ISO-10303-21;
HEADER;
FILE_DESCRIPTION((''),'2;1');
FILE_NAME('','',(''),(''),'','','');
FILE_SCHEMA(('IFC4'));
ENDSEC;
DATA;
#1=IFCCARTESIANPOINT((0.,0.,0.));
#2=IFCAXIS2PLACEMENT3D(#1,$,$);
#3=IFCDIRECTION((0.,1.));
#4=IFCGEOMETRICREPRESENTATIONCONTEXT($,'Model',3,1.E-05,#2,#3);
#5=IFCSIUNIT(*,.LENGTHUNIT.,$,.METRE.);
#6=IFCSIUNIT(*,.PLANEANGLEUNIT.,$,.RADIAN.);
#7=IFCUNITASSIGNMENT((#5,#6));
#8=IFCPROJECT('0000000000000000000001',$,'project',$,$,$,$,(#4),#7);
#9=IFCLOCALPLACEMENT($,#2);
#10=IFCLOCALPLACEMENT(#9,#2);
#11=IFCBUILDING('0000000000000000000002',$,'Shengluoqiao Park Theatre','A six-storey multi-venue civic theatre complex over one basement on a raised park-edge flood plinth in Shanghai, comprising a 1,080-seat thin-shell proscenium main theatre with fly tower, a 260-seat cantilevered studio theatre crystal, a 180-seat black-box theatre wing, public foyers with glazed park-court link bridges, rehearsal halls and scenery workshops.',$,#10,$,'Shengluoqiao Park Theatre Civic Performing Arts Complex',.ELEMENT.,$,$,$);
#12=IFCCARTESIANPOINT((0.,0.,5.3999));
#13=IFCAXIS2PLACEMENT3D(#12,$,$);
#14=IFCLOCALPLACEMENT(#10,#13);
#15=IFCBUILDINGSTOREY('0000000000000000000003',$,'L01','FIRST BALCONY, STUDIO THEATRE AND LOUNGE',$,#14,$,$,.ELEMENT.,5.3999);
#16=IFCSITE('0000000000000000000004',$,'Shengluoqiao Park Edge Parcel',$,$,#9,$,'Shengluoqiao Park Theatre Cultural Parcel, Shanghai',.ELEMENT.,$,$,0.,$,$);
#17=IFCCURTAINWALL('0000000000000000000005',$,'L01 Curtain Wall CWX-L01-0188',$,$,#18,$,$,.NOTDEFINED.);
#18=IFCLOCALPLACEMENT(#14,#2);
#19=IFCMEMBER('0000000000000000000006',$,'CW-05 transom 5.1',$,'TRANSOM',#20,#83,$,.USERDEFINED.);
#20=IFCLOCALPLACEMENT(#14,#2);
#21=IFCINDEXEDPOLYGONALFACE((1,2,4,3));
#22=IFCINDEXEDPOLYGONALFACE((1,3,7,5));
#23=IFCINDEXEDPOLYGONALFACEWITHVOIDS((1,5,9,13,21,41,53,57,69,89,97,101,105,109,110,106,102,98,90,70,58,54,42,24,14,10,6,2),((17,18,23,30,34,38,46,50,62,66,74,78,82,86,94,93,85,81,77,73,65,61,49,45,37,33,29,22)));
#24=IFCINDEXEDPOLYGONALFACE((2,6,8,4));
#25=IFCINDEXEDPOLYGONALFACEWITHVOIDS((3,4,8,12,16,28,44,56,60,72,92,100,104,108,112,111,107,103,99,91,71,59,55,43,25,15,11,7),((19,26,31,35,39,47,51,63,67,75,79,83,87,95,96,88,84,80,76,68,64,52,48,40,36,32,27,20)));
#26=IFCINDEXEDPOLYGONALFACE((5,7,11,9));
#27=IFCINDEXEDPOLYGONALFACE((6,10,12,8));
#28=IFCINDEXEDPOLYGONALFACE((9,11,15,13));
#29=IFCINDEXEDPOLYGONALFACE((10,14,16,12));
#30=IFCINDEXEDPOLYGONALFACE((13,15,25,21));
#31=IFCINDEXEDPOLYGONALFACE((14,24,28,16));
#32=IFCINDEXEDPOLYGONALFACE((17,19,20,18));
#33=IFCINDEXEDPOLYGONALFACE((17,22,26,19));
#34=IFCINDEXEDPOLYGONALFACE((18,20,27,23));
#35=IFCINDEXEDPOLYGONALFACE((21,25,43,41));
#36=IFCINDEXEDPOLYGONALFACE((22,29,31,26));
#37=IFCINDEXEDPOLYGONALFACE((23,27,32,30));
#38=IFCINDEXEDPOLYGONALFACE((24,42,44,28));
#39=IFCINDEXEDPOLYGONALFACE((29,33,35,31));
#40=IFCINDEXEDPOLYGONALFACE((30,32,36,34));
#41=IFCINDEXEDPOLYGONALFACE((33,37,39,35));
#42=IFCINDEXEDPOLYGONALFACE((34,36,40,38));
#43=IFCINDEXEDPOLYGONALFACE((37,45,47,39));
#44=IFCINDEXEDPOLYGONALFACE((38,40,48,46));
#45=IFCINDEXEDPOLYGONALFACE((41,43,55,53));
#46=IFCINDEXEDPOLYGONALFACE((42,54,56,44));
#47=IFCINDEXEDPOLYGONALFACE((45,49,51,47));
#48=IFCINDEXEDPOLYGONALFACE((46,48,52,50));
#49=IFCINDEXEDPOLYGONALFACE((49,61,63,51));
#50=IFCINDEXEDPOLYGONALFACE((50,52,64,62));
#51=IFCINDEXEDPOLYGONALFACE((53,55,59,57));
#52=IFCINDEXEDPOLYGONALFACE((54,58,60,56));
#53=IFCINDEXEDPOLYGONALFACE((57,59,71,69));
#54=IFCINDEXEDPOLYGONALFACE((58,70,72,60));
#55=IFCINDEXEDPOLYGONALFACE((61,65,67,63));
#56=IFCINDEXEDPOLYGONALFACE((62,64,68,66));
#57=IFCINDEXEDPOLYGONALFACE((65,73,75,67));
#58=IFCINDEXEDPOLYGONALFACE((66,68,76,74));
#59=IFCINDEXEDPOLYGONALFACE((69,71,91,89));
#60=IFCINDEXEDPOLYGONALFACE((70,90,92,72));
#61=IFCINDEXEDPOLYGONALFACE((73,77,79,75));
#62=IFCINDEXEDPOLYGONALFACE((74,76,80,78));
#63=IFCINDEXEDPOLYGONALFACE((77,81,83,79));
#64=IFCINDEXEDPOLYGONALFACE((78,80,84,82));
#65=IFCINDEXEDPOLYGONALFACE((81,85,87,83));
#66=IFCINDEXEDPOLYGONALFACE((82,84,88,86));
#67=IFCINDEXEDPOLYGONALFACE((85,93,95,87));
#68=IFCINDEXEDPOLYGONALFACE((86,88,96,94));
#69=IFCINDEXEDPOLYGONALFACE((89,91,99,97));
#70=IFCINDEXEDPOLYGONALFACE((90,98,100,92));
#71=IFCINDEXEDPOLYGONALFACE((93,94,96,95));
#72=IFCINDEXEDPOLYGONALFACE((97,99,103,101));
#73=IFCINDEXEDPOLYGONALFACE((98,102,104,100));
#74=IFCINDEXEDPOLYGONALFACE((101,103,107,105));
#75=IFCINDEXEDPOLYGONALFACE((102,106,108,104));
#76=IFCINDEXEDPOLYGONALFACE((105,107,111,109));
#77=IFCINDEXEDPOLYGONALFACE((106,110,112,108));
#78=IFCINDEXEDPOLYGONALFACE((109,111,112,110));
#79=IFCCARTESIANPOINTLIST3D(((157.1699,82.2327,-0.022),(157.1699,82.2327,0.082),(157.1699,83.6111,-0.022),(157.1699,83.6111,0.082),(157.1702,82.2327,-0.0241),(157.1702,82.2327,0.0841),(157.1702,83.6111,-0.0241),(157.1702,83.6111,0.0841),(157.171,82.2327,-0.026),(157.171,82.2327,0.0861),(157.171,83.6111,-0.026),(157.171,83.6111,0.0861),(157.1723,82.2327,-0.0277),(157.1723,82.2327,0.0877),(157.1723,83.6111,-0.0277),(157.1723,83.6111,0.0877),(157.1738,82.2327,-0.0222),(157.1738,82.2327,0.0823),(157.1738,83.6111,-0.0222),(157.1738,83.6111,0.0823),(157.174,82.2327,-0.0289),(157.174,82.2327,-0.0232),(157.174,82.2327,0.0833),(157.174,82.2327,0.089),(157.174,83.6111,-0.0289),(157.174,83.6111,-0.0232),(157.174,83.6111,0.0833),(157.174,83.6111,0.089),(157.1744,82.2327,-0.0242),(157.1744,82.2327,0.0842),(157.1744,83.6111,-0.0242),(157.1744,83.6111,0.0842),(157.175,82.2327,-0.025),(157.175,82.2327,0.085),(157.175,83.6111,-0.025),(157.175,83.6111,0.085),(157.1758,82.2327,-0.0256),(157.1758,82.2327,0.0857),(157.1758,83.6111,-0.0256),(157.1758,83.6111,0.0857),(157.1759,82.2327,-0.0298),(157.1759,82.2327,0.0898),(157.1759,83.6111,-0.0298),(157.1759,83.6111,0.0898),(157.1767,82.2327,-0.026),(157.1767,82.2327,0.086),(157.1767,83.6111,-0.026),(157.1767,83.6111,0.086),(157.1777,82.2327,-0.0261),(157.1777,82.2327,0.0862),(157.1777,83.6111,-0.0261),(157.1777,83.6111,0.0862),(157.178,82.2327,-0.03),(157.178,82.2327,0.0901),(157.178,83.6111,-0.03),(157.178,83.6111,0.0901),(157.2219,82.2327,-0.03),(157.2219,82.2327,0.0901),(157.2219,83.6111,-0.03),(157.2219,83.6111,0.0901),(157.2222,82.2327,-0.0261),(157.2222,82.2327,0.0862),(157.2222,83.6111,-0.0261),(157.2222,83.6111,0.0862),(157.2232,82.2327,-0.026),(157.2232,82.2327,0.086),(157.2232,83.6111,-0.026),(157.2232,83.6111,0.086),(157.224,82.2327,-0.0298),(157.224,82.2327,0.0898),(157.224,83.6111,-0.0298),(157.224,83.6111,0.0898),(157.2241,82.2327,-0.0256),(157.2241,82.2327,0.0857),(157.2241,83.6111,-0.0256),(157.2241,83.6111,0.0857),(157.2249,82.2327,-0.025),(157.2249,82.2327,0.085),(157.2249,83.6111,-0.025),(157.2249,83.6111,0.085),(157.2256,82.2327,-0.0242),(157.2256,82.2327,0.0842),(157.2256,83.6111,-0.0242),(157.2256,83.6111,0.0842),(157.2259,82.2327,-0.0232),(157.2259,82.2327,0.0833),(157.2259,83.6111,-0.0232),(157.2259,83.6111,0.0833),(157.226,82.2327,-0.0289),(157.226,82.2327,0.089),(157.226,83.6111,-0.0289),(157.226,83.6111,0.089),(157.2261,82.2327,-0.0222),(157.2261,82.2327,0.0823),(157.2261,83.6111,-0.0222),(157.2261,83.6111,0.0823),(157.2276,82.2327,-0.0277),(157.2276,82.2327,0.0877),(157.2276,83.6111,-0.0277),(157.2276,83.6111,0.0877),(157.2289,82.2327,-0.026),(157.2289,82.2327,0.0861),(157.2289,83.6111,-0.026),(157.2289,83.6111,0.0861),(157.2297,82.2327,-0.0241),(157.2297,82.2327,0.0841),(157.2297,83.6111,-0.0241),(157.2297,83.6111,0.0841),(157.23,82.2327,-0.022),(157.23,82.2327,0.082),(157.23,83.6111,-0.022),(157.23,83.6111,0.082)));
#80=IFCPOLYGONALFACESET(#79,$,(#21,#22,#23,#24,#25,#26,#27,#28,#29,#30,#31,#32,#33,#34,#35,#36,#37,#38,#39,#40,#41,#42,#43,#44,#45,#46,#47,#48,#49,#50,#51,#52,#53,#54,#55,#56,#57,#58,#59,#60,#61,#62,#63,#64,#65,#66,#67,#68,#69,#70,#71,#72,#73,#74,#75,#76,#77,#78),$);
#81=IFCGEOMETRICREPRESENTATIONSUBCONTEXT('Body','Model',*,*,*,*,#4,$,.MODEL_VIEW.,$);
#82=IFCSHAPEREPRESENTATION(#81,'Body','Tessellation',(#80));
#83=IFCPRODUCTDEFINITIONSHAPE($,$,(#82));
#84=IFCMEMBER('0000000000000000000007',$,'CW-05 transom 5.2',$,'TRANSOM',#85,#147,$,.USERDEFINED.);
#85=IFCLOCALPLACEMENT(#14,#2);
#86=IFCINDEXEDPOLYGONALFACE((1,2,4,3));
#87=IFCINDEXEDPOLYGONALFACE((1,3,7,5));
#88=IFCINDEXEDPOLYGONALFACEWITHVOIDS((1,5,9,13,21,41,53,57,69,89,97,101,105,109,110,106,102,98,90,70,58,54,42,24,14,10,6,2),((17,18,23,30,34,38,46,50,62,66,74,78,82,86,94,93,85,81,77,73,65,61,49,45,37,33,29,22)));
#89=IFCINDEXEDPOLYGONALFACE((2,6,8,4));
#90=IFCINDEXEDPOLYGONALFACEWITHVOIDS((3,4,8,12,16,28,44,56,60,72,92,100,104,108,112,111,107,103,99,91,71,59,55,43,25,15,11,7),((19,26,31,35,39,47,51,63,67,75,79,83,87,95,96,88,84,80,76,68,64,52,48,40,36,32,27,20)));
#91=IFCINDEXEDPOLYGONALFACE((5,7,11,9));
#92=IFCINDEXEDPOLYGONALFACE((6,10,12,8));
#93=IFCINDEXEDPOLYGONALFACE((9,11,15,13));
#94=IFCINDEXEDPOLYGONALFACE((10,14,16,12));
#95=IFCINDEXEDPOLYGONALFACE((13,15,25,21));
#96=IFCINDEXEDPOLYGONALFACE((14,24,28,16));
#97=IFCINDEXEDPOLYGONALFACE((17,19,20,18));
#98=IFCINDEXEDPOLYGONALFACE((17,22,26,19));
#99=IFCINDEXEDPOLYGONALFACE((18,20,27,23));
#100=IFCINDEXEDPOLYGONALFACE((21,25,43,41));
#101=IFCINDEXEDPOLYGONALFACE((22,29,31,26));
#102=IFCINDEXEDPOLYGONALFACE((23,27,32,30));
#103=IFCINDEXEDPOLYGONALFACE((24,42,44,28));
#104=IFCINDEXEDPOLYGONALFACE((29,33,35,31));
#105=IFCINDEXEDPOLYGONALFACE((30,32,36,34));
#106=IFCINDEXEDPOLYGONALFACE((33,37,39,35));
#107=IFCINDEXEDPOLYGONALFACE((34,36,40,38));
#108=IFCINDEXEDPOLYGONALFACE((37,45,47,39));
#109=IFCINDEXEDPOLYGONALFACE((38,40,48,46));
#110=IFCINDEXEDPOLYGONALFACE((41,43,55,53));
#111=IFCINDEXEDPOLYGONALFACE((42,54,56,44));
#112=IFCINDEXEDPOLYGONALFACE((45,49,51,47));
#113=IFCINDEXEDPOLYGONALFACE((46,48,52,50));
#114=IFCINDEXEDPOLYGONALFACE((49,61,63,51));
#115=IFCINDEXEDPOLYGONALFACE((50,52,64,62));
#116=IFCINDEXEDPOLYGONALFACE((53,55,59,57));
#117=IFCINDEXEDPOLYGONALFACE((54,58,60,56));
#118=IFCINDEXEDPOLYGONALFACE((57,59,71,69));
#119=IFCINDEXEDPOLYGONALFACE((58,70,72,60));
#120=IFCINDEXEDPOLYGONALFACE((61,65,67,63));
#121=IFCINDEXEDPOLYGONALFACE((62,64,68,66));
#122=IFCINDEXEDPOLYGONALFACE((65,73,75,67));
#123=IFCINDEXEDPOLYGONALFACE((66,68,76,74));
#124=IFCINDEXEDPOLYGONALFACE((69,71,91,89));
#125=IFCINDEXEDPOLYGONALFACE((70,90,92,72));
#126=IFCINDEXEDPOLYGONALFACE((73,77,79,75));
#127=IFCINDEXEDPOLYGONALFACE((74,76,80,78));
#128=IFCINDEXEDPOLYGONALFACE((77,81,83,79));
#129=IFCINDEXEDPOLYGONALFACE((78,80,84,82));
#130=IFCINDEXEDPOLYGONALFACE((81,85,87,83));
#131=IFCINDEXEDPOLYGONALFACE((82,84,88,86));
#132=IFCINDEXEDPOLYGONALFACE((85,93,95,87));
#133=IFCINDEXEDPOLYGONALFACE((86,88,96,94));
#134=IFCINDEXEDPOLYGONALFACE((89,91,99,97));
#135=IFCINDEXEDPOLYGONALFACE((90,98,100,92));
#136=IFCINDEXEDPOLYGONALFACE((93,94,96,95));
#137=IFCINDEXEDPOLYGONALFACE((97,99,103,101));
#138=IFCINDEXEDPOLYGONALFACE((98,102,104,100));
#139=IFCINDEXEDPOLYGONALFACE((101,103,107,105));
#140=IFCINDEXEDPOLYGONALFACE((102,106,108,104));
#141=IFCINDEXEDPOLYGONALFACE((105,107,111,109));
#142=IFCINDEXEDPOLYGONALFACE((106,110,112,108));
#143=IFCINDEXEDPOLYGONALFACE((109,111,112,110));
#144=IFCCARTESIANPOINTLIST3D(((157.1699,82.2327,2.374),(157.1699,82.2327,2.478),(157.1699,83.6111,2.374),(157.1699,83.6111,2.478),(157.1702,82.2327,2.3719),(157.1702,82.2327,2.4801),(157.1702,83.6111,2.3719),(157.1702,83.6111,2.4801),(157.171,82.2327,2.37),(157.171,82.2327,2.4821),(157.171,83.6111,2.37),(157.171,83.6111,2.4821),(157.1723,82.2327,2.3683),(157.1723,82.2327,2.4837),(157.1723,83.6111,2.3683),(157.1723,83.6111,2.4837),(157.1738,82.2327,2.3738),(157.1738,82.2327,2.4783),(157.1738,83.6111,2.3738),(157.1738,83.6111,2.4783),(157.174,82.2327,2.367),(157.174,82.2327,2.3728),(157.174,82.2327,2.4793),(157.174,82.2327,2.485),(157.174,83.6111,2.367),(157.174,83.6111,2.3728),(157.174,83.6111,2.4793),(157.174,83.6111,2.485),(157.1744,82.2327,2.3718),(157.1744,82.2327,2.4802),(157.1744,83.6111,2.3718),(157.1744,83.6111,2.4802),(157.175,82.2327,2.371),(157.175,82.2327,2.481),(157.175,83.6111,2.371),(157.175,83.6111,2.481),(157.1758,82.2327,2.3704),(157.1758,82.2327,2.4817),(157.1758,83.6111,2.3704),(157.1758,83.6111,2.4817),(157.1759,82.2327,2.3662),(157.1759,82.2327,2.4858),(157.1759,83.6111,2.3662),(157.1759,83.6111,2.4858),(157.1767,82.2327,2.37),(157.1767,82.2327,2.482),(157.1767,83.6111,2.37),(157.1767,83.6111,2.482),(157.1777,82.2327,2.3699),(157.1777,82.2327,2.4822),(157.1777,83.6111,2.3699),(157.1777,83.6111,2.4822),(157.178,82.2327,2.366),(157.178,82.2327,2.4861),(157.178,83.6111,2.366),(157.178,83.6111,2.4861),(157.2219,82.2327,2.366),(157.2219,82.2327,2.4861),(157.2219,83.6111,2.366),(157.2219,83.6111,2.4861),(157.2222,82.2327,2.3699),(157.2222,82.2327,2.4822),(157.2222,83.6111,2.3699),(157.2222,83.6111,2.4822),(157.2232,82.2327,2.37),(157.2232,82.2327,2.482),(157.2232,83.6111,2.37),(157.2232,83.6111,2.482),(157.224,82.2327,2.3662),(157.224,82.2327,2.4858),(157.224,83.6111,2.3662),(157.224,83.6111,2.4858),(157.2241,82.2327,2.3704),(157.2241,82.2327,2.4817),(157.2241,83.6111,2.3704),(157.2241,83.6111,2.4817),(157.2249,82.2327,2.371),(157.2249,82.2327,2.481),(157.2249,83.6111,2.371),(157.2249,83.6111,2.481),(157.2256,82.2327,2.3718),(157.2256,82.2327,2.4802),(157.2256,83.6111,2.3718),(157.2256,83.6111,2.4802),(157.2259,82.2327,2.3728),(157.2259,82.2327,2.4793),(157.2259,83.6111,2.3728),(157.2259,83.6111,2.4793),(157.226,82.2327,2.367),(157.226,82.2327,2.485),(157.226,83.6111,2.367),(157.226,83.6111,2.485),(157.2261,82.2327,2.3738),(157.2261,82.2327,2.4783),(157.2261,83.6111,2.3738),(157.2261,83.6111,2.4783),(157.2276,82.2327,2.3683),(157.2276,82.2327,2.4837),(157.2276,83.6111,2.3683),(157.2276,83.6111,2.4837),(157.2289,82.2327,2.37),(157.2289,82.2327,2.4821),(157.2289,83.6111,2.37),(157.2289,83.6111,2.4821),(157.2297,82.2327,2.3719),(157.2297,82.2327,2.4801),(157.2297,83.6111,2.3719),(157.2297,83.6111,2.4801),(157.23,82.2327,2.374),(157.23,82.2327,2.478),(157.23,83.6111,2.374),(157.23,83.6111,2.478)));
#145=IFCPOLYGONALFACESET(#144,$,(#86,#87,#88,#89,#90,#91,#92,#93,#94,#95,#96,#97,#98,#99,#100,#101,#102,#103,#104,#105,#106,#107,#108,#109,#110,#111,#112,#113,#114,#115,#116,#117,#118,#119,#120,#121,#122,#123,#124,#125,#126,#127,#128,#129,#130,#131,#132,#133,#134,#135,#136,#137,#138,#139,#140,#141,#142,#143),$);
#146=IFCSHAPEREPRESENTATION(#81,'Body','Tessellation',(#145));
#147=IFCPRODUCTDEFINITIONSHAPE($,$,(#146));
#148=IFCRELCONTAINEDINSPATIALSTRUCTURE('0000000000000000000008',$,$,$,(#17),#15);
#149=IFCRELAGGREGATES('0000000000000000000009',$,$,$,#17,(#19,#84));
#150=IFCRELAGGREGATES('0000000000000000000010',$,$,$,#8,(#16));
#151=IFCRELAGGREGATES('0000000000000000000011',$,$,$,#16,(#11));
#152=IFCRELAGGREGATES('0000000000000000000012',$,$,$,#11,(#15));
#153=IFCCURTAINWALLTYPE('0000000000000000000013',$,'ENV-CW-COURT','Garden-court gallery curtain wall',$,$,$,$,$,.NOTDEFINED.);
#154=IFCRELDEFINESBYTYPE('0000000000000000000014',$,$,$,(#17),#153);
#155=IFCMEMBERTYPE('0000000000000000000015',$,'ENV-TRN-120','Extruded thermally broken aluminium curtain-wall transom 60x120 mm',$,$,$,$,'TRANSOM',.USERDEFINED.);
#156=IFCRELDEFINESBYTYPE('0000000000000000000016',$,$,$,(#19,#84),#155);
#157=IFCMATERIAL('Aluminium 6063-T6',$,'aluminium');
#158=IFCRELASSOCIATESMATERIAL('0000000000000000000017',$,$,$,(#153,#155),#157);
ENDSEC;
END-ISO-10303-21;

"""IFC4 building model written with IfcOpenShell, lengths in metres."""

from ifc_helpers import new_model, si_unit, direction, frame, origin, origin_2d, place, context, subcontext, project, spatial, hollow_rectangle, extrude, material, material_profile, profile_set, type_object, element, aggregate, save


model = new_model("IFC4")

# Units and contexts
model_context = context("Model", 3, precision=1e-05, world=origin(), true_north=direction((0.0, 1.0)))
body_context = subcontext(model_context, "Body", "Model", "MODEL_VIEW")
ifc_project = project(units=[si_unit("LENGTHUNIT", "METRE"), si_unit("PLANEANGLEUNIT", "RADIAN")], contexts=[model_context])

# Site, building, storey
site_placement = place(None, origin())
site = spatial("IfcSite", under=ifc_project, at=site_placement, Name="Shengluoqiao Park Edge Parcel", LongName="Shengluoqiao Park Theatre Cultural Parcel, Shanghai", CompositionType="ELEMENT", RefElevation=0.0)
building_placement = place(site_placement, origin())
building = spatial("IfcBuilding", under=site, at=building_placement, Name="Shengluoqiao Park Theatre", Description="A six-storey multi-venue civic theatre complex over one basement on a raised park-edge flood plinth in Shanghai, comprising a 1,080-seat thin-shell proscenium main theatre with fly tower, a 260-seat cantilevered studio theatre crystal, a 180-seat black-box theatre wing, public foyers with glazed park-court link bridges, rehearsal halls and scenery workshops.", LongName="Shengluoqiao Park Theatre Civic Performing Arts Complex", CompositionType="ELEMENT")
storey_placement = place(building_placement, frame((0.0, 0.0, 5.3999)))
storey = spatial("IfcBuildingStorey", under=building, at=storey_placement, Name="L01", Description="FIRST BALCONY, STUDIO THEATRE AND LOUNGE", CompositionType="ELEMENT", Elevation=5.3999)

# Curtain wall, members
ifc_material_1 = material(Name="Aluminium 6063-T6", Category="aluminium")
curtain_wall_type = type_object("IfcCurtainWallType", Name="ENV-CW-COURT", Description="Garden-court gallery curtain wall", PredefinedType="NOTDEFINED", material=ifc_material_1)
curtain_wall_placement = place(storey_placement, origin())
curtain_wall = element("IfcCurtainWall", 1, at=curtain_wall_placement, inside=storey, type_object=curtain_wall_type, Name="L01 Curtain Wall CWX-L01-0188", PredefinedType="NOTDEFINED")
ifc_material_profile_1 = material_profile(ifc_material_1, hollow_rectangle(XDim=0.0601, YDim=0.1201, WallThickness=0.0039, InnerFilletRadius=0.0039, OuterFilletRadius=0.0081, at=origin_2d()), Name="ALU TRANSOM 120x60x4")
ifc_profile_set_1 = profile_set([ifc_material_profile_1], Name="Aluminium 6063-T6")
member_type_1 = type_object("IfcMemberType", Name="ENV-TRN-120", Description="Extruded thermally broken aluminium curtain-wall transom 60x120 mm", ElementType="TRANSOM", PredefinedType="USERDEFINED", material=ifc_profile_set_1)
member_1_placement = place(storey_placement, frame((157.2, 82.2327, 0.03), z_axis=(0.0, 1.0, 0.0), x_axis=(-1.0, 0.0, 0.0)))
member_1 = element("IfcMember", 2, at=member_1_placement, type_object=member_type_1, Name="CW-05 transom 5.1", ObjectType="TRANSOM", PredefinedType="USERDEFINED", context=body_context, shape_type="SweptSolid", body=[
    extrude(hollow_rectangle(XDim=0.0601, YDim=0.1201, WallThickness=0.0039, InnerFilletRadius=0.0039, OuterFilletRadius=0.0081, at=origin_2d()), origin(), (0.0, 0.0, 1.0), 1.3784),
])
member_2_placement = place(storey_placement, frame((157.2, 82.2327, 2.426), z_axis=(0.0, 1.0, 0.0), x_axis=(-1.0, 0.0, 0.0)))
member_2 = element("IfcMember", 3, at=member_2_placement, type_object=member_type_1, Name="CW-05 transom 5.2", ObjectType="TRANSOM", PredefinedType="USERDEFINED", context=body_context, shape_type="SweptSolid", body=[
    extrude(hollow_rectangle(XDim=0.0601, YDim=0.1201, WallThickness=0.0039, InnerFilletRadius=0.0039, OuterFilletRadius=0.0081, at=origin_2d()), origin(), (0.0, 0.0, 1.0), 1.3784),
])

aggregate(curtain_wall, [member_1, member_2])

save(model, "model.ifc")
